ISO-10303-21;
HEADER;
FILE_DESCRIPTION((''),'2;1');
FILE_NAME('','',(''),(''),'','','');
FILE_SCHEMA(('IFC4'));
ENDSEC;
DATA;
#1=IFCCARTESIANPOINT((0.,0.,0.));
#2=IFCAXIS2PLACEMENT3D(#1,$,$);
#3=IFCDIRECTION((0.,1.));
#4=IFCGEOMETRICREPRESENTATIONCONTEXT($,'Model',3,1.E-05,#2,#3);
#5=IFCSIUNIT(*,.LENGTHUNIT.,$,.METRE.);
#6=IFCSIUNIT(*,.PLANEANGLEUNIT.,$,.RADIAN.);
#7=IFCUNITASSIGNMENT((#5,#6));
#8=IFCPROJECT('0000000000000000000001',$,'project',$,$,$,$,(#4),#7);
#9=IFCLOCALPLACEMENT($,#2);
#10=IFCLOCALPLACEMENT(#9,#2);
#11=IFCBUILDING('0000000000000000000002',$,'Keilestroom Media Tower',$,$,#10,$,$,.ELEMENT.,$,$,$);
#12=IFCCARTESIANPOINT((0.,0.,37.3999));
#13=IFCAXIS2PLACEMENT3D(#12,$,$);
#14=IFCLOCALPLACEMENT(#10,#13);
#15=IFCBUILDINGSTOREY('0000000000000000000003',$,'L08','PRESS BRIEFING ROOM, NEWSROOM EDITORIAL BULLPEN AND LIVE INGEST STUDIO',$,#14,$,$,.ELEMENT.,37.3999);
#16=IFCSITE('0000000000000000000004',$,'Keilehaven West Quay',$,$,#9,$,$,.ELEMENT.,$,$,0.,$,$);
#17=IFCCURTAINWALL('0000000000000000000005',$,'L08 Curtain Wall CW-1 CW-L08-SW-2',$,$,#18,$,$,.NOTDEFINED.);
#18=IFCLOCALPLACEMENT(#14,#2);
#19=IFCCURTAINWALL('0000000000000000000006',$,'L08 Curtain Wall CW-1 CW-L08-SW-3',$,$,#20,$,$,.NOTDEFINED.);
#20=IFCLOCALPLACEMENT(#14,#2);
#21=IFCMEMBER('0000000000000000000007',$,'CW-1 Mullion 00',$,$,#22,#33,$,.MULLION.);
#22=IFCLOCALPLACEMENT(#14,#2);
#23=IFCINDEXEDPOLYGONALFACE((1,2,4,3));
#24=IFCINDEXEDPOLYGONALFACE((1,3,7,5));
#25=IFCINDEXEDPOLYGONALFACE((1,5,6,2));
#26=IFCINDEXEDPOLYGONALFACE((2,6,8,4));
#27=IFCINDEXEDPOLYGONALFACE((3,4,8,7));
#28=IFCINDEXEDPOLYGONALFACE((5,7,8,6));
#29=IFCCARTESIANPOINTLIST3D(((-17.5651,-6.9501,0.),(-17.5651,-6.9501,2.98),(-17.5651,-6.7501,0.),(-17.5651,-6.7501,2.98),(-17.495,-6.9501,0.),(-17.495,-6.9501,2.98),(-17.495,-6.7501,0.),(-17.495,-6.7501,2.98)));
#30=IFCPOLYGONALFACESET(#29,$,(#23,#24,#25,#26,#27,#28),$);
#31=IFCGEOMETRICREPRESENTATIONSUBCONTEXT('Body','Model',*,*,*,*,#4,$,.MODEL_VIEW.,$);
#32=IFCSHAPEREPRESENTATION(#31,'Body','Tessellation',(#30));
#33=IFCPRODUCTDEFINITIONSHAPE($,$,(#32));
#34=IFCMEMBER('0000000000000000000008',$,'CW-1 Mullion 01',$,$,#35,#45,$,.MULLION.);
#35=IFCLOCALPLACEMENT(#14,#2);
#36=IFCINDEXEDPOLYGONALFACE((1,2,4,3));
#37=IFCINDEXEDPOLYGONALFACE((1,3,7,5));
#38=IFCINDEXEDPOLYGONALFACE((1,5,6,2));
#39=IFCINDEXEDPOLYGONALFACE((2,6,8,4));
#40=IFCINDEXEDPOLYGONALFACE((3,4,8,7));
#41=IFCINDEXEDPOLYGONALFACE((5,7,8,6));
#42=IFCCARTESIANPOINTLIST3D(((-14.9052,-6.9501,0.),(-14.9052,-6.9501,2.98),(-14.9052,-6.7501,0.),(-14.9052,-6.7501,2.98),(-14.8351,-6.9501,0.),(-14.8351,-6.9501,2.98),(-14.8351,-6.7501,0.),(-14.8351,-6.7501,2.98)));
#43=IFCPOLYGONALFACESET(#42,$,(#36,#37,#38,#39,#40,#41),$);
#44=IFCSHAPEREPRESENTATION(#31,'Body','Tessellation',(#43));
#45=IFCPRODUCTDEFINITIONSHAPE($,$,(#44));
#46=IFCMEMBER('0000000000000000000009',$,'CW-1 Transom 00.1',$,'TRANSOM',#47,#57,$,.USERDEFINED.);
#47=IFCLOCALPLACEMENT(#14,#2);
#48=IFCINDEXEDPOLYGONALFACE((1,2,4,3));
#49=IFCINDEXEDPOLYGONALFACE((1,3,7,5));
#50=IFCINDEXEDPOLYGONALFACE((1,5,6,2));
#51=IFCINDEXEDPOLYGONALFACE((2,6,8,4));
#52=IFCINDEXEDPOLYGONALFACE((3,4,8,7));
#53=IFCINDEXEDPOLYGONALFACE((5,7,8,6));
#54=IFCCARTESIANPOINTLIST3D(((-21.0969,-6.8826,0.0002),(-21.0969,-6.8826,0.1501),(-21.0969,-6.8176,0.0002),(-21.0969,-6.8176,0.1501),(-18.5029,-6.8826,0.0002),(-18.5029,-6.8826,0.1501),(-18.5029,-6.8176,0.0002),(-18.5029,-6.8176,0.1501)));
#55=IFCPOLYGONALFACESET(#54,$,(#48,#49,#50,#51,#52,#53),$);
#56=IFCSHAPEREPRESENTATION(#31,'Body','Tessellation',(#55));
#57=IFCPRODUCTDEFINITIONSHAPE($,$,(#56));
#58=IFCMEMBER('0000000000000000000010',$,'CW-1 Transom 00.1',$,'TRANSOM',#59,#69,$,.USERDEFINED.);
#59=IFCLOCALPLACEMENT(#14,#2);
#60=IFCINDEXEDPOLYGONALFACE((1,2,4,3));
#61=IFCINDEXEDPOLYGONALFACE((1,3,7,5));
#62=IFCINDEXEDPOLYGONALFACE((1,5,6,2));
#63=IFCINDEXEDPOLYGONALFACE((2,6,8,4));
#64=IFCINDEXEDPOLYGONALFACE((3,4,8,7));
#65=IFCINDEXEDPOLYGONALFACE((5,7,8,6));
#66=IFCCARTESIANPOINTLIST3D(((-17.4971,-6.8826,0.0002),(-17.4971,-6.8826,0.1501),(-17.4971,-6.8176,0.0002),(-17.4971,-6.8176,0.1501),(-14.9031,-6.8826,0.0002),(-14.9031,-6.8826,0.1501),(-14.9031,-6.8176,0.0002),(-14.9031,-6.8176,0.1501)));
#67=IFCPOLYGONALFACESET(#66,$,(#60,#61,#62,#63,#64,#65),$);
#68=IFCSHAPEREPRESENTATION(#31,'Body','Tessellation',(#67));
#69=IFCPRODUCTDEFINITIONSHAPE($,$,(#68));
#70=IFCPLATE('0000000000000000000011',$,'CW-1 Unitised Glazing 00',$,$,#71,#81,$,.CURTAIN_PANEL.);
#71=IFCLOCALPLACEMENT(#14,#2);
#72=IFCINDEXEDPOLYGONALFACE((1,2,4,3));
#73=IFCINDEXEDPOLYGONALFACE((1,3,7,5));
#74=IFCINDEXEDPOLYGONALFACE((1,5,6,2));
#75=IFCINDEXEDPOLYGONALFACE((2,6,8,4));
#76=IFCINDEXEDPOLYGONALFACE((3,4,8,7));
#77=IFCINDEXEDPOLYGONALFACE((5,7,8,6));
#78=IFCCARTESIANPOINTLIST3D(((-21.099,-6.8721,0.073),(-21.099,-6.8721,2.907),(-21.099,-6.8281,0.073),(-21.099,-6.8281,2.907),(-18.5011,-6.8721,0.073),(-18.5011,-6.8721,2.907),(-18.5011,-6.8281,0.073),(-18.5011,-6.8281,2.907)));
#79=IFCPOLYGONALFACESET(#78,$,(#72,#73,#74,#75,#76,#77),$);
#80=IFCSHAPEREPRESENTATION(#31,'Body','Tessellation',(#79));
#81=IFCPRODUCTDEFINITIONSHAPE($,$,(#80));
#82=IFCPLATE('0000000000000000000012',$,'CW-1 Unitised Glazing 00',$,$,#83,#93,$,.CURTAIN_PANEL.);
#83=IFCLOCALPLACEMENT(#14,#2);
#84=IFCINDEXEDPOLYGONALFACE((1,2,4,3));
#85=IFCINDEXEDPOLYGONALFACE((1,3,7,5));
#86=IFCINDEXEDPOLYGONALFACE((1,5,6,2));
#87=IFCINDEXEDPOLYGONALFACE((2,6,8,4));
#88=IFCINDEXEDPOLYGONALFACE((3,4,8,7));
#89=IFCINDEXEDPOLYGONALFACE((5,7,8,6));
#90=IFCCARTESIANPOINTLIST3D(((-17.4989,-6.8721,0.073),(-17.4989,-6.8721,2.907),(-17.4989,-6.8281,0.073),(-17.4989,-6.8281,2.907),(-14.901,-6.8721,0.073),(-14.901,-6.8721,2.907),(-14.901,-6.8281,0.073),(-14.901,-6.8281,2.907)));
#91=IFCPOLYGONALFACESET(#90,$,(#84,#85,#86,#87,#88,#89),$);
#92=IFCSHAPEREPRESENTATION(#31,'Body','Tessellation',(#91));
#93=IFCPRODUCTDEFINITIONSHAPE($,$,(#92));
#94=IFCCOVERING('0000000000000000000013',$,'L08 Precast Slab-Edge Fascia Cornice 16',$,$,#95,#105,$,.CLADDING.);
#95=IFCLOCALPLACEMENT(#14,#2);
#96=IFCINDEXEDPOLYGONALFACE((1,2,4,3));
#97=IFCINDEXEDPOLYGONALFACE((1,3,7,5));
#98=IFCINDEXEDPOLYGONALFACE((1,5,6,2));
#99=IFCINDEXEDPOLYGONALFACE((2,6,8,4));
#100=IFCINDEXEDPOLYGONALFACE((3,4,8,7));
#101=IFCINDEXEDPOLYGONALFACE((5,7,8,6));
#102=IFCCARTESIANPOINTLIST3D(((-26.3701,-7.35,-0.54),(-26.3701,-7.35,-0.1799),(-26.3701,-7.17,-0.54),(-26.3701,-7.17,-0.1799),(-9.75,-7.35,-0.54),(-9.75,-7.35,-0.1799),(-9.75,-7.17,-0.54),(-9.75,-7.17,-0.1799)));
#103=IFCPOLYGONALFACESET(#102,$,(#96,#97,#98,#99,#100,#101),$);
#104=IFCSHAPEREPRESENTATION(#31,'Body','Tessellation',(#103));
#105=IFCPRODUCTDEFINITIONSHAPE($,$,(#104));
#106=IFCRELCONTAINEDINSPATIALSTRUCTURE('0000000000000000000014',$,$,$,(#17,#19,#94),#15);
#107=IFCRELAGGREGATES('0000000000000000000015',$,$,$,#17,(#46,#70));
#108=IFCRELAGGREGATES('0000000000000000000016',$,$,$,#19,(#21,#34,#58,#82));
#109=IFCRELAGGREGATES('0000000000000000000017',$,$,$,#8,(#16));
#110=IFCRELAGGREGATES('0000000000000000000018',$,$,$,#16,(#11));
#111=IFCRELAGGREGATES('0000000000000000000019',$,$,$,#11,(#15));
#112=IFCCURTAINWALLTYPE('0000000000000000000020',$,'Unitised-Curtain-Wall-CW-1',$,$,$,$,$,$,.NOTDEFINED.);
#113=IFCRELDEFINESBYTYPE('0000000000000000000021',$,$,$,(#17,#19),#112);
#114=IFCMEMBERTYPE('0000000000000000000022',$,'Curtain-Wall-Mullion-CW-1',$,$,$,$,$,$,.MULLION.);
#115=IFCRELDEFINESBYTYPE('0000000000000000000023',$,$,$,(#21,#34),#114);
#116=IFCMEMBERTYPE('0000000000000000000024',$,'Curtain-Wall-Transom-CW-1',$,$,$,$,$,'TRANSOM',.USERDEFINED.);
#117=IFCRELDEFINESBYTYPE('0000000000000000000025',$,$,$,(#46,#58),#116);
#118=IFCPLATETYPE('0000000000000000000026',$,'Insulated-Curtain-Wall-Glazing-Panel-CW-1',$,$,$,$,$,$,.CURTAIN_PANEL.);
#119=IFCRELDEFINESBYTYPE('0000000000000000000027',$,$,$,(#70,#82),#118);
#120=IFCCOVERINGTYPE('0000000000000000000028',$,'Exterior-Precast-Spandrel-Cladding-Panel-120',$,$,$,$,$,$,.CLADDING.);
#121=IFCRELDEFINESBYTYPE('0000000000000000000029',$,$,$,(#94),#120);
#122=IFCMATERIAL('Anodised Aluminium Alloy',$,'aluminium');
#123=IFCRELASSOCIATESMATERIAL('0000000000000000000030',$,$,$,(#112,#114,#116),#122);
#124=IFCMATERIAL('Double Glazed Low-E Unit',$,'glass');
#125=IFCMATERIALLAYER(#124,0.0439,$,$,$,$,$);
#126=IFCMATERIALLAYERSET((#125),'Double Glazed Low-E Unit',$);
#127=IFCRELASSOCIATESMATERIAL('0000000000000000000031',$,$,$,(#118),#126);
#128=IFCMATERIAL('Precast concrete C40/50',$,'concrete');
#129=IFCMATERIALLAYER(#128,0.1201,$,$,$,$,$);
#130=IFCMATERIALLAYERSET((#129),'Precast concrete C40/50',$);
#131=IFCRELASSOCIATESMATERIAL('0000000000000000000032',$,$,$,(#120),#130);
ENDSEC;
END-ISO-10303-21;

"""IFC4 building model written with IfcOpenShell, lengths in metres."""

from ifc_helpers import new_model, si_unit, direction, frame, origin, origin_2d, place, context, subcontext, project, spatial, rectangle, extrude, source, transform, mapped, material, layer, layer_set, material_profile, profile_set, type_object, element, aggregate, save


model = new_model("IFC4")

# Units and contexts
model_context = context("Model", 3, precision=1e-05, world=origin(), true_north=direction((0.0, 1.0)))
body_context = subcontext(model_context, "Body", "Model", "MODEL_VIEW")
ifc_project = project(units=[si_unit("LENGTHUNIT", "METRE"), si_unit("PLANEANGLEUNIT", "RADIAN")], contexts=[model_context])

# Site, building, storey
site_placement = place(None, origin())
site = spatial("IfcSite", under=ifc_project, at=site_placement, Name="Keilehaven West Quay", CompositionType="ELEMENT", RefElevation=0.0)
building_placement = place(site_placement, origin())
building = spatial("IfcBuilding", under=site, at=building_placement, Name="Keilestroom Media Tower", CompositionType="ELEMENT")
storey_placement = place(building_placement, frame((0.0, 0.0, 37.3999)))
storey = spatial("IfcBuildingStorey", under=building, at=storey_placement, Name="L08", Description="PRESS BRIEFING ROOM, NEWSROOM EDITORIAL BULLPEN AND LIVE INGEST STUDIO", CompositionType="ELEMENT", Elevation=37.3999)

# Shared definitions
ifc_material_1 = material(Name="Precast concrete C40/50", Category="concrete")

# Shared definitions
ifc_material_2 = material(Name="Anodised Aluminium Alloy", Category="aluminium")
curtain_wall_type = type_object("IfcCurtainWallType", Name="Unitised-Curtain-Wall-CW-1", PredefinedType="NOTDEFINED", material=ifc_material_2)
ifc_material_profile_1 = material_profile(ifc_material_2, rectangle(XDim=0.0701, YDim=0.2, at=origin_2d()), Name="ALU MULLION 70x200")
ifc_profile_set_1 = profile_set([ifc_material_profile_1], Name="Anodised Aluminium Alloy")
member_type_1 = type_object("IfcMemberType", Name="Curtain-Wall-Mullion-CW-1", PredefinedType="MULLION", material=ifc_profile_set_1)
shared_shape_1 = source(origin(), body_context, "Body", "SweptSolid", [
    extrude(rectangle(XDim=0.0701, YDim=0.2, at=origin_2d()), origin(), (0.0, 0.0, 1.0), 2.98),
])

# Curtain walls, members
curtain_wall_1_placement = place(storey_placement, origin())
curtain_wall_1 = element("IfcCurtainWall", 1, at=curtain_wall_1_placement, inside=storey, type_object=curtain_wall_type, Name="L08 Curtain Wall CW-1 CW-L08-SW-2", PredefinedType="NOTDEFINED")
curtain_wall_2_placement = place(storey_placement, origin())
curtain_wall_2 = element("IfcCurtainWall", 2, at=curtain_wall_2_placement, inside=storey, type_object=curtain_wall_type, Name="L08 Curtain Wall CW-1 CW-L08-SW-3", PredefinedType="NOTDEFINED")
member_1_placement = place(storey_placement, frame((-17.53, -6.8501, 0.0), z_axis=(0.0, 0.0, 1.0), x_axis=(1.0, 0.0, 0.0)))
member_1 = element("IfcMember", 3, at=member_1_placement, type_object=member_type_1, Name="CW-1 Mullion 00", PredefinedType="MULLION", context=body_context, shape_type="MappedRepresentation", body=[
    mapped(shared_shape_1, transform((0.0, 0.0, 0.0), x_axis=(1.0, 0.0, 0.0), y_axis=(0.0, 1.0, 0.0), z_axis=(0.0, 0.0, 1.0), scale=1.0)),
])
member_2_placement = place(storey_placement, frame((-14.8701, -6.8501, 0.0), z_axis=(0.0, 0.0, 1.0), x_axis=(1.0, 0.0, 0.0)))
member_2 = element("IfcMember", 4, at=member_2_placement, type_object=member_type_1, Name="CW-1 Mullion 01", PredefinedType="MULLION", context=body_context, shape_type="MappedRepresentation", body=[
    mapped(shared_shape_1, transform((0.0, 0.0, 0.0), x_axis=(1.0, 0.0, 0.0), y_axis=(0.0, 1.0, 0.0), z_axis=(0.0, 0.0, 1.0), scale=1.0)),
])

# Members
ifc_material_profile_2 = material_profile(ifc_material_2, rectangle(XDim=0.0649, YDim=0.1499, at=origin_2d()), Name="ALU TRANSOM 65x150")
ifc_profile_set_2 = profile_set([ifc_material_profile_2], Name="Anodised Aluminium Alloy")
member_type_2 = type_object("IfcMemberType", Name="Curtain-Wall-Transom-CW-1", ElementType="TRANSOM", PredefinedType="USERDEFINED", material=ifc_profile_set_2)
shared_shape_2 = source(origin(), body_context, "Body", "SweptSolid", [
    extrude(rectangle(XDim=0.0649, YDim=0.1499, at=origin_2d()), origin(), (0.0, 0.0, 1.0), 2.594),
])
member_3_placement = place(storey_placement, frame((-21.0969, -6.8501, 0.0752), z_axis=(1.0, 0.0, 0.0), x_axis=(0.0, 1.0, 0.0)))
member_3 = element("IfcMember", 5, at=member_3_placement, type_object=member_type_2, Name="CW-1 Transom 00.1", ObjectType="TRANSOM", PredefinedType="USERDEFINED", context=body_context, shape_type="MappedRepresentation", body=[
    mapped(shared_shape_2, transform((0.0, 0.0, 0.0), x_axis=(1.0, 0.0, 0.0), y_axis=(0.0, 1.0, 0.0), z_axis=(0.0, 0.0, 1.0), scale=1.0)),
])
member_4_placement = place(storey_placement, frame((-17.4971, -6.8501, 0.0752), z_axis=(1.0, 0.0, 0.0), x_axis=(0.0, 1.0, 0.0)))
member_4 = element("IfcMember", 6, at=member_4_placement, type_object=member_type_2, Name="CW-1 Transom 00.1", ObjectType="TRANSOM", PredefinedType="USERDEFINED", context=body_context, shape_type="MappedRepresentation", body=[
    mapped(shared_shape_2, transform((0.0, 0.0, 0.0), x_axis=(1.0, 0.0, 0.0), y_axis=(0.0, 1.0, 0.0), z_axis=(0.0, 0.0, 1.0), scale=1.0)),
])

# Plates
ifc_material_3 = material(Name="Double Glazed Low-E Unit", Category="glass")
ifc_layer_1 = layer(ifc_material_3, 0.0439)
ifc_layer_set_1 = layer_set([ifc_layer_1], Name="Double Glazed Low-E Unit")
plate_type = type_object("IfcPlateType", Name="Insulated-Curtain-Wall-Glazing-Panel-CW-1", PredefinedType="CURTAIN_PANEL", material=ifc_layer_set_1)
shared_shape_3 = source(origin(), body_context, "Body", "SweptSolid", [
    extrude(rectangle(XDim=2.5979, YDim=0.0439, at=origin_2d()), origin(), (0.0, 0.0, 1.0), 2.834),
])
plate_1_placement = place(storey_placement, frame((-19.8, -6.8501, 0.073), z_axis=(0.0, 0.0, 1.0), x_axis=(1.0, 0.0, 0.0)))
plate_1 = element("IfcPlate", 7, at=plate_1_placement, type_object=plate_type, Name="CW-1 Unitised Glazing 00", PredefinedType="CURTAIN_PANEL", context=body_context, shape_type="MappedRepresentation", body=[
    mapped(shared_shape_3, transform((0.0, 0.0, 0.0), x_axis=(1.0, 0.0, 0.0), y_axis=(0.0, 1.0, 0.0), z_axis=(0.0, 0.0, 1.0), scale=1.0)),
])
aggregate(curtain_wall_1, [member_3, plate_1])
plate_2_placement = place(storey_placement, frame((-16.2, -6.8501, 0.073), z_axis=(0.0, 0.0, 1.0), x_axis=(1.0, 0.0, 0.0)))
plate_2 = element("IfcPlate", 8, at=plate_2_placement, type_object=plate_type, Name="CW-1 Unitised Glazing 00", PredefinedType="CURTAIN_PANEL", context=body_context, shape_type="MappedRepresentation", body=[
    mapped(shared_shape_3, transform((0.0, 0.0, 0.0), x_axis=(1.0, 0.0, 0.0), y_axis=(0.0, 1.0, 0.0), z_axis=(0.0, 0.0, 1.0), scale=1.0)),
])
aggregate(curtain_wall_2, [member_1, member_2, member_4, plate_2])

# Covering
ifc_layer_2 = layer(ifc_material_1, 0.1201)
ifc_layer_set_2 = layer_set([ifc_layer_2], Name="Precast concrete C40/50")
covering_type = type_object("IfcCoveringType", Name="Exterior-Precast-Spandrel-Cladding-Panel-120", PredefinedType="CLADDING", material=ifc_layer_set_2)
shared_shape_4 = source(origin(), body_context, "Body", "SweptSolid", [
    extrude(rectangle(XDim=16.6201, YDim=0.1799, at=origin_2d()), origin(), (0.0, 0.0, 1.0), 0.3601),
])
covering_placement = place(storey_placement, frame((-18.0601, -7.26, -0.54), z_axis=(0.0, 0.0, 1.0), x_axis=(-1.0, 0.0, 0.0)))
element("IfcCovering", 9, at=covering_placement, inside=storey, type_object=covering_type, Name="L08 Precast Slab-Edge Fascia Cornice 16", PredefinedType="CLADDING", context=body_context, shape_type="MappedRepresentation", body=[
    mapped(shared_shape_4, transform((0.0, 0.0, 0.0), x_axis=(1.0, 0.0, 0.0), y_axis=(0.0, 1.0, 0.0), z_axis=(0.0, 0.0, 1.0), scale=1.0)),
])

save(model, "model.ifc")
